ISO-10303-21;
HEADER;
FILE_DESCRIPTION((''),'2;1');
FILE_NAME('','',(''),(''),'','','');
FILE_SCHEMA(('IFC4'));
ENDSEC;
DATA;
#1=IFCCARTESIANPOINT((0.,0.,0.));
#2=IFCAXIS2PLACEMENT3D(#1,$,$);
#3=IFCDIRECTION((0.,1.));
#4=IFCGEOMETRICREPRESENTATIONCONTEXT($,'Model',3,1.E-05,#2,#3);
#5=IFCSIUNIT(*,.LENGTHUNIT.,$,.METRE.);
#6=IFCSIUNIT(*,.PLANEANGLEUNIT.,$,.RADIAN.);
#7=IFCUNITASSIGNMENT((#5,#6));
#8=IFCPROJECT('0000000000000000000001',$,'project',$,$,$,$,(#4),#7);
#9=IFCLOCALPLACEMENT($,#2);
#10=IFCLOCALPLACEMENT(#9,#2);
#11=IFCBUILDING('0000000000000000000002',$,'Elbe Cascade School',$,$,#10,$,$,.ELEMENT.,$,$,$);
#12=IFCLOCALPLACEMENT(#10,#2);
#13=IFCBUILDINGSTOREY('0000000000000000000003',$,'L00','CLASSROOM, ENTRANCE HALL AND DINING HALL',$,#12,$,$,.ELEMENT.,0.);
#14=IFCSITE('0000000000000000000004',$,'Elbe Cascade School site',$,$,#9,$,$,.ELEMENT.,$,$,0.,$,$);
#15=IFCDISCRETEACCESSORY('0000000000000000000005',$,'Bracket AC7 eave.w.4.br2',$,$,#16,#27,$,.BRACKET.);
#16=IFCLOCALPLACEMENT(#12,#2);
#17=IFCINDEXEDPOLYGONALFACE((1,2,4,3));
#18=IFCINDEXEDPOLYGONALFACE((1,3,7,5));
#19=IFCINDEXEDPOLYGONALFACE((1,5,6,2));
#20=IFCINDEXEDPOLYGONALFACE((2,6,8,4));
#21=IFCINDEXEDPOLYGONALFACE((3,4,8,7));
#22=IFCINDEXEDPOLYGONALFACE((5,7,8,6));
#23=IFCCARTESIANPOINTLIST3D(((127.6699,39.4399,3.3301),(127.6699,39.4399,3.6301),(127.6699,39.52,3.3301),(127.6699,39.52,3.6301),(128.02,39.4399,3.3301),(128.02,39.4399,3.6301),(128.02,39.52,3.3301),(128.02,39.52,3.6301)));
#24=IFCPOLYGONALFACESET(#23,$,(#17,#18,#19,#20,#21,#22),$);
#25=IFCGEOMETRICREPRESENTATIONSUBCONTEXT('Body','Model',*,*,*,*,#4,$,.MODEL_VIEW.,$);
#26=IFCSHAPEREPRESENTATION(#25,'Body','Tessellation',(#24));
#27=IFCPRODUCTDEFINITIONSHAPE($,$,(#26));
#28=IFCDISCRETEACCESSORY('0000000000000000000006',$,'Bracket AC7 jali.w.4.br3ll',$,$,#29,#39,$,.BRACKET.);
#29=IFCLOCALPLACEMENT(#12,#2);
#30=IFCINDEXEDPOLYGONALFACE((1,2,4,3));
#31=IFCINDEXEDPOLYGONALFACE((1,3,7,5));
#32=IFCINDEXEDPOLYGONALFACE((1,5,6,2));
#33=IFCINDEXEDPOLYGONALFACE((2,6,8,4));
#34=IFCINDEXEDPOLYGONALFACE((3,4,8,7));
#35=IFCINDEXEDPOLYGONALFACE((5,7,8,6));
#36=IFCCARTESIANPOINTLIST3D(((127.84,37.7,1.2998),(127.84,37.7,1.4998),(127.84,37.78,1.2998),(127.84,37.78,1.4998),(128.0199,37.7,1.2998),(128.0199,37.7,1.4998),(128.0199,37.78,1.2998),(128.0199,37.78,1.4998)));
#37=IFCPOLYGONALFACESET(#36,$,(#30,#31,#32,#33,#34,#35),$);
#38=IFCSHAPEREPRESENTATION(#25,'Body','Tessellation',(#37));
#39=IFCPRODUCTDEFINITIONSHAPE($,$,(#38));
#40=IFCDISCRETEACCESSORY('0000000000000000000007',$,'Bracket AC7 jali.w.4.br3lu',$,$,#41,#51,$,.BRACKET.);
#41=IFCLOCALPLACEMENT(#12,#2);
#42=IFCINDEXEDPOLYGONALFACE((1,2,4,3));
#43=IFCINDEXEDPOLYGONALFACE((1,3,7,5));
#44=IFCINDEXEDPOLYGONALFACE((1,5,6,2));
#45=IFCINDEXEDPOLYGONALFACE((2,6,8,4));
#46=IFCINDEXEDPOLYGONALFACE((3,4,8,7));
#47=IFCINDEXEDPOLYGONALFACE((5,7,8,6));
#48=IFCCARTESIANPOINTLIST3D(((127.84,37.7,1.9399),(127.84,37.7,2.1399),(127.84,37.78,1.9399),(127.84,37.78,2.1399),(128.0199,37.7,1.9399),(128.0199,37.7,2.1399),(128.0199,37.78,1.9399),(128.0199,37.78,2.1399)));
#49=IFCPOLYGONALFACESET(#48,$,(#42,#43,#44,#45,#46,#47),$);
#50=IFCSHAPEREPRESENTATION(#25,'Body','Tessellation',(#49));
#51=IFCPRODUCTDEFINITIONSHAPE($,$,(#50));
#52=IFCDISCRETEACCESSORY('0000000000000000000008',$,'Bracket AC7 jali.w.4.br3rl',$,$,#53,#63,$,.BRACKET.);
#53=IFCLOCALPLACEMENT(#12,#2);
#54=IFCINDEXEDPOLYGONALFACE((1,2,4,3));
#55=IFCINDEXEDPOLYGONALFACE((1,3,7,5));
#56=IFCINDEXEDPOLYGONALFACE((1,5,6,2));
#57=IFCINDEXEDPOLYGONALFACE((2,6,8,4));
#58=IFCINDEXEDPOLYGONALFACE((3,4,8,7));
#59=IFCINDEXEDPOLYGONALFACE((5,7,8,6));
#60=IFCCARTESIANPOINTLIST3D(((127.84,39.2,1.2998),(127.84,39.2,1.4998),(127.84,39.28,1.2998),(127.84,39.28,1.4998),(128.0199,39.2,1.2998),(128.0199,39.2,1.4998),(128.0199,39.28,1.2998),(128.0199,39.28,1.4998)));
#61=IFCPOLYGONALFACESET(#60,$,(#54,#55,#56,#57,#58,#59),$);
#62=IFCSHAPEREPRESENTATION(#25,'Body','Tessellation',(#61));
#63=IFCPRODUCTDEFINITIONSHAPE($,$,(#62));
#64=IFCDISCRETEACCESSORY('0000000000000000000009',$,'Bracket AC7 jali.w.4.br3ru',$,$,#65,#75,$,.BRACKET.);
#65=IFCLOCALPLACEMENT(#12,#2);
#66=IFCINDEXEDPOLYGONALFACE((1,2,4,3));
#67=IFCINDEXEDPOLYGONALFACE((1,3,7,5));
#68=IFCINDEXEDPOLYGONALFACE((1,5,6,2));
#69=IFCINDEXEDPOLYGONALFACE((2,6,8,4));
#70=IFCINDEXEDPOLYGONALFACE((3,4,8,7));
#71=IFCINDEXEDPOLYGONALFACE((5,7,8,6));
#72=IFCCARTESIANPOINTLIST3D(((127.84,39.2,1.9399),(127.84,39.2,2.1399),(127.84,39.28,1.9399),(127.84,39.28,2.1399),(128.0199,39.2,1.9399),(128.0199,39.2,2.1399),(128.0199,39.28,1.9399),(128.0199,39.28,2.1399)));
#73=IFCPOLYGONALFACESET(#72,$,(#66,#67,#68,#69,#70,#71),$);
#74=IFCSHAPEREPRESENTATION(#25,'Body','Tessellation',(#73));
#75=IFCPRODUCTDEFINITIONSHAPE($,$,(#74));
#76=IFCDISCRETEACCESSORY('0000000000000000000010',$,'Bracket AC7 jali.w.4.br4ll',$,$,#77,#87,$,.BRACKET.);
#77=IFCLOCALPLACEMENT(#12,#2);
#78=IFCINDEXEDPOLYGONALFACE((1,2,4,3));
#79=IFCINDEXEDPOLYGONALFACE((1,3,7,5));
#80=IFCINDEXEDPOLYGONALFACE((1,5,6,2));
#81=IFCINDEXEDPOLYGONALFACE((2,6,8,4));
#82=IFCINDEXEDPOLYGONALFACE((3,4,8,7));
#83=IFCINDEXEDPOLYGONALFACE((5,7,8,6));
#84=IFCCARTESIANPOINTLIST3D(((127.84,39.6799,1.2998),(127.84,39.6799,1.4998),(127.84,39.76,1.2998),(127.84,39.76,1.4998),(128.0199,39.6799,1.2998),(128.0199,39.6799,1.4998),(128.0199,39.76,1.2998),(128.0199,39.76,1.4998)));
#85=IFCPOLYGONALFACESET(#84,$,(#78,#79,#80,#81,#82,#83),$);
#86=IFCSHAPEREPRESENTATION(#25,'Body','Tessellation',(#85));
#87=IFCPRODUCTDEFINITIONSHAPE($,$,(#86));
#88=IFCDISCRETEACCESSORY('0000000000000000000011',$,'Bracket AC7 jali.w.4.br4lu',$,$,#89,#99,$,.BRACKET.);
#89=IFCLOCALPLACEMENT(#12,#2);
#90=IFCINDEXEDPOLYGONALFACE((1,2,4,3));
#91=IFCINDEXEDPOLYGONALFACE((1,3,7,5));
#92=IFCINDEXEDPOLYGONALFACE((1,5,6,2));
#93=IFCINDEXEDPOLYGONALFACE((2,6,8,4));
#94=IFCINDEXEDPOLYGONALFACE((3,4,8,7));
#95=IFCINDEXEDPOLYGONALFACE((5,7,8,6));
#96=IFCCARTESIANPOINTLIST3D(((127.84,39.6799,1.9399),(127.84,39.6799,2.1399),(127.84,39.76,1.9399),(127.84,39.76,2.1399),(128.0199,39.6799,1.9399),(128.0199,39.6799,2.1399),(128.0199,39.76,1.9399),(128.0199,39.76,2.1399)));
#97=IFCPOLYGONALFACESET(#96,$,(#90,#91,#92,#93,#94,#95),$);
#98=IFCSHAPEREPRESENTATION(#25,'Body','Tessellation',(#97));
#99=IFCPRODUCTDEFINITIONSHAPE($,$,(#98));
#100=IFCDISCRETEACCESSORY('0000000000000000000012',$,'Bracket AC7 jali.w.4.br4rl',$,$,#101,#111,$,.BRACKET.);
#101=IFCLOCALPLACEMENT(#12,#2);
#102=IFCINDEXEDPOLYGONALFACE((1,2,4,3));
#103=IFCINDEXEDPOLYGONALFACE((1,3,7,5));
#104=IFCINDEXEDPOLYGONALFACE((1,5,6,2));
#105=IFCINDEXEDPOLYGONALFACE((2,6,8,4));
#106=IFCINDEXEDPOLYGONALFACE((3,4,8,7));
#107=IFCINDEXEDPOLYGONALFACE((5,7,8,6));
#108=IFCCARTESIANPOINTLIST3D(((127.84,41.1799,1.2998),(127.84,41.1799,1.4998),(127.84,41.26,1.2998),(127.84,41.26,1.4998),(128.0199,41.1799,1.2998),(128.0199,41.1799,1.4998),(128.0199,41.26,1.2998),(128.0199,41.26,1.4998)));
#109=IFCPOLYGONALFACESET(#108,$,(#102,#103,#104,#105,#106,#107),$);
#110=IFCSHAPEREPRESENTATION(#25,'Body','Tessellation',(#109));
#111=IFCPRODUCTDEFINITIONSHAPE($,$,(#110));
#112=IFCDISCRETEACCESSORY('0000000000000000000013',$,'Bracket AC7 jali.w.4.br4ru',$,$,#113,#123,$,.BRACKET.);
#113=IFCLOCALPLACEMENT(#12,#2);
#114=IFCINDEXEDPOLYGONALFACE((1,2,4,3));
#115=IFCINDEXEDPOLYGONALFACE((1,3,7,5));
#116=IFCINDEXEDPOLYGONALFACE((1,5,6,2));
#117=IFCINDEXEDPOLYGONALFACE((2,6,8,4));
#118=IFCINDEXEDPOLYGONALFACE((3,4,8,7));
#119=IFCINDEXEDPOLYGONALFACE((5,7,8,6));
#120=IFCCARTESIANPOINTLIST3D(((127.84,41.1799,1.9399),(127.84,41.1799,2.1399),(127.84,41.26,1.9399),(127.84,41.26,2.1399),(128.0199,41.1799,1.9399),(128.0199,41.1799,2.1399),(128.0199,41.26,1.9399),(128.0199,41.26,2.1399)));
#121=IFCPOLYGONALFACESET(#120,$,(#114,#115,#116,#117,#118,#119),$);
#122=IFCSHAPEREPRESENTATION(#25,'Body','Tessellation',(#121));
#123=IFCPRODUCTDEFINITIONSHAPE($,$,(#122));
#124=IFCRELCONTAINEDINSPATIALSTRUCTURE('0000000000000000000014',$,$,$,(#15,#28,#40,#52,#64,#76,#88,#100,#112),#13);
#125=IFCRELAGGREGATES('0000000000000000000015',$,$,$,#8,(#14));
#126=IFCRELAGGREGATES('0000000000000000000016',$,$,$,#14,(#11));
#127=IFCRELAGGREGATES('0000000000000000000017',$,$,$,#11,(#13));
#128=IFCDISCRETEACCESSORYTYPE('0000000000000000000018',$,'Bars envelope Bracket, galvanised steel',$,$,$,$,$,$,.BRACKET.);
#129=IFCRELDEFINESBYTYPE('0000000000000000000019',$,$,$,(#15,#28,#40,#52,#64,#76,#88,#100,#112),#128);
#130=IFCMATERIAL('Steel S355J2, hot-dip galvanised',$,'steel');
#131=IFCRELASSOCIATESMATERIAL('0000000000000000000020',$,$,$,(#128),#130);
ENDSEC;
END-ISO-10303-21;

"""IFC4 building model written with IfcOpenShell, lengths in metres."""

from ifc_helpers import new_model, si_unit, direction, frame, origin, origin_2d, place, context, subcontext, project, spatial, rectangle, extrude, material, type_object, element, save


model = new_model("IFC4")

# Units and contexts
model_context = context("Model", 3, precision=1e-05, world=origin(), true_north=direction((0.0, 1.0)))
body_context = subcontext(model_context, "Body", "Model", "MODEL_VIEW")
ifc_project = project(units=[si_unit("LENGTHUNIT", "METRE"), si_unit("PLANEANGLEUNIT", "RADIAN")], contexts=[model_context])

# Site, building, storey
site_placement = place(None, origin())
site = spatial("IfcSite", under=ifc_project, at=site_placement, Name="Elbe Cascade School site", CompositionType="ELEMENT", RefElevation=0.0)
building_placement = place(site_placement, origin())
building = spatial("IfcBuilding", under=site, at=building_placement, Name="Elbe Cascade School", CompositionType="ELEMENT")
storey_placement = place(building_placement, origin())
storey = spatial("IfcBuildingStorey", under=building, at=storey_placement, Name="L00", Description="CLASSROOM, ENTRANCE HALL AND DINING HALL", CompositionType="ELEMENT", Elevation=0.0)

# Discrete accessories
ifc_material_1 = material(Name="Steel S355J2, hot-dip galvanised", Category="steel")
discrete_accessory_type = type_object("IfcDiscreteAccessoryType", Name="Bars envelope Bracket, galvanised steel", PredefinedType="BRACKET", material=ifc_material_1)
discrete_accessory_placement = place(storey_placement, frame((127.845, 39.48, 3.3301), z_axis=(0.0, 0.0, 1.0), x_axis=(0.0, 1.0, 0.0)))
element("IfcDiscreteAccessory", 1, at=discrete_accessory_placement, inside=storey, type_object=discrete_accessory_type, Name="Bracket AC7 eave.w.4.br2", PredefinedType="BRACKET", context=body_context, shape_type="SweptSolid", body=[
    extrude(rectangle(XDim=0.0801, YDim=0.3501, at=origin_2d()), origin(), (0.0, 0.0, 1.0), 0.3),
])
for number, where, z_axis, x_axis, name in (
    (2, (127.9299, 37.74, 1.2998), (0.0, 0.0, 1.0), (0.0, 1.0, 0.0), "Bracket AC7 jali.w.4.br3ll"),
    (3, (127.9299, 37.74, 1.9399), (0.0, 0.0, 1.0), (0.0, 1.0, 0.0), "Bracket AC7 jali.w.4.br3lu"),
    (4, (127.9299, 39.24, 1.2998), (0.0, 0.0, 1.0), (0.0, 1.0, 0.0), "Bracket AC7 jali.w.4.br3rl"),
    (5, (127.9299, 39.24, 1.9399), (0.0, 0.0, 1.0), (0.0, 1.0, 0.0), "Bracket AC7 jali.w.4.br3ru"),
    (6, (127.9299, 39.72, 1.2998), (0.0, 0.0, 1.0), (0.0, 1.0, 0.0), "Bracket AC7 jali.w.4.br4ll"),
    (7, (127.9299, 39.72, 1.9399), (0.0, 0.0, 1.0), (0.0, 1.0, 0.0), "Bracket AC7 jali.w.4.br4lu"),
    (8, (127.9299, 41.22, 1.2998), (0.0, 0.0, 1.0), (0.0, 1.0, 0.0), "Bracket AC7 jali.w.4.br4rl"),
    (9, (127.9299, 41.22, 1.9399), (0.0, 0.0, 1.0), (0.0, 1.0, 0.0), "Bracket AC7 jali.w.4.br4ru"),
):
    element("IfcDiscreteAccessory", number, at=place(storey_placement, frame(where, z_axis=z_axis, x_axis=x_axis)), inside=storey, type_object=discrete_accessory_type, Name=name, PredefinedType="BRACKET", context=body_context, shape_type="SweptSolid", body=[
        extrude(rectangle(XDim=0.0801, YDim=0.1799, at=origin_2d()), origin(), (0.0, 0.0, 1.0), 0.2),
    ])

save(model, "model.ifc")
